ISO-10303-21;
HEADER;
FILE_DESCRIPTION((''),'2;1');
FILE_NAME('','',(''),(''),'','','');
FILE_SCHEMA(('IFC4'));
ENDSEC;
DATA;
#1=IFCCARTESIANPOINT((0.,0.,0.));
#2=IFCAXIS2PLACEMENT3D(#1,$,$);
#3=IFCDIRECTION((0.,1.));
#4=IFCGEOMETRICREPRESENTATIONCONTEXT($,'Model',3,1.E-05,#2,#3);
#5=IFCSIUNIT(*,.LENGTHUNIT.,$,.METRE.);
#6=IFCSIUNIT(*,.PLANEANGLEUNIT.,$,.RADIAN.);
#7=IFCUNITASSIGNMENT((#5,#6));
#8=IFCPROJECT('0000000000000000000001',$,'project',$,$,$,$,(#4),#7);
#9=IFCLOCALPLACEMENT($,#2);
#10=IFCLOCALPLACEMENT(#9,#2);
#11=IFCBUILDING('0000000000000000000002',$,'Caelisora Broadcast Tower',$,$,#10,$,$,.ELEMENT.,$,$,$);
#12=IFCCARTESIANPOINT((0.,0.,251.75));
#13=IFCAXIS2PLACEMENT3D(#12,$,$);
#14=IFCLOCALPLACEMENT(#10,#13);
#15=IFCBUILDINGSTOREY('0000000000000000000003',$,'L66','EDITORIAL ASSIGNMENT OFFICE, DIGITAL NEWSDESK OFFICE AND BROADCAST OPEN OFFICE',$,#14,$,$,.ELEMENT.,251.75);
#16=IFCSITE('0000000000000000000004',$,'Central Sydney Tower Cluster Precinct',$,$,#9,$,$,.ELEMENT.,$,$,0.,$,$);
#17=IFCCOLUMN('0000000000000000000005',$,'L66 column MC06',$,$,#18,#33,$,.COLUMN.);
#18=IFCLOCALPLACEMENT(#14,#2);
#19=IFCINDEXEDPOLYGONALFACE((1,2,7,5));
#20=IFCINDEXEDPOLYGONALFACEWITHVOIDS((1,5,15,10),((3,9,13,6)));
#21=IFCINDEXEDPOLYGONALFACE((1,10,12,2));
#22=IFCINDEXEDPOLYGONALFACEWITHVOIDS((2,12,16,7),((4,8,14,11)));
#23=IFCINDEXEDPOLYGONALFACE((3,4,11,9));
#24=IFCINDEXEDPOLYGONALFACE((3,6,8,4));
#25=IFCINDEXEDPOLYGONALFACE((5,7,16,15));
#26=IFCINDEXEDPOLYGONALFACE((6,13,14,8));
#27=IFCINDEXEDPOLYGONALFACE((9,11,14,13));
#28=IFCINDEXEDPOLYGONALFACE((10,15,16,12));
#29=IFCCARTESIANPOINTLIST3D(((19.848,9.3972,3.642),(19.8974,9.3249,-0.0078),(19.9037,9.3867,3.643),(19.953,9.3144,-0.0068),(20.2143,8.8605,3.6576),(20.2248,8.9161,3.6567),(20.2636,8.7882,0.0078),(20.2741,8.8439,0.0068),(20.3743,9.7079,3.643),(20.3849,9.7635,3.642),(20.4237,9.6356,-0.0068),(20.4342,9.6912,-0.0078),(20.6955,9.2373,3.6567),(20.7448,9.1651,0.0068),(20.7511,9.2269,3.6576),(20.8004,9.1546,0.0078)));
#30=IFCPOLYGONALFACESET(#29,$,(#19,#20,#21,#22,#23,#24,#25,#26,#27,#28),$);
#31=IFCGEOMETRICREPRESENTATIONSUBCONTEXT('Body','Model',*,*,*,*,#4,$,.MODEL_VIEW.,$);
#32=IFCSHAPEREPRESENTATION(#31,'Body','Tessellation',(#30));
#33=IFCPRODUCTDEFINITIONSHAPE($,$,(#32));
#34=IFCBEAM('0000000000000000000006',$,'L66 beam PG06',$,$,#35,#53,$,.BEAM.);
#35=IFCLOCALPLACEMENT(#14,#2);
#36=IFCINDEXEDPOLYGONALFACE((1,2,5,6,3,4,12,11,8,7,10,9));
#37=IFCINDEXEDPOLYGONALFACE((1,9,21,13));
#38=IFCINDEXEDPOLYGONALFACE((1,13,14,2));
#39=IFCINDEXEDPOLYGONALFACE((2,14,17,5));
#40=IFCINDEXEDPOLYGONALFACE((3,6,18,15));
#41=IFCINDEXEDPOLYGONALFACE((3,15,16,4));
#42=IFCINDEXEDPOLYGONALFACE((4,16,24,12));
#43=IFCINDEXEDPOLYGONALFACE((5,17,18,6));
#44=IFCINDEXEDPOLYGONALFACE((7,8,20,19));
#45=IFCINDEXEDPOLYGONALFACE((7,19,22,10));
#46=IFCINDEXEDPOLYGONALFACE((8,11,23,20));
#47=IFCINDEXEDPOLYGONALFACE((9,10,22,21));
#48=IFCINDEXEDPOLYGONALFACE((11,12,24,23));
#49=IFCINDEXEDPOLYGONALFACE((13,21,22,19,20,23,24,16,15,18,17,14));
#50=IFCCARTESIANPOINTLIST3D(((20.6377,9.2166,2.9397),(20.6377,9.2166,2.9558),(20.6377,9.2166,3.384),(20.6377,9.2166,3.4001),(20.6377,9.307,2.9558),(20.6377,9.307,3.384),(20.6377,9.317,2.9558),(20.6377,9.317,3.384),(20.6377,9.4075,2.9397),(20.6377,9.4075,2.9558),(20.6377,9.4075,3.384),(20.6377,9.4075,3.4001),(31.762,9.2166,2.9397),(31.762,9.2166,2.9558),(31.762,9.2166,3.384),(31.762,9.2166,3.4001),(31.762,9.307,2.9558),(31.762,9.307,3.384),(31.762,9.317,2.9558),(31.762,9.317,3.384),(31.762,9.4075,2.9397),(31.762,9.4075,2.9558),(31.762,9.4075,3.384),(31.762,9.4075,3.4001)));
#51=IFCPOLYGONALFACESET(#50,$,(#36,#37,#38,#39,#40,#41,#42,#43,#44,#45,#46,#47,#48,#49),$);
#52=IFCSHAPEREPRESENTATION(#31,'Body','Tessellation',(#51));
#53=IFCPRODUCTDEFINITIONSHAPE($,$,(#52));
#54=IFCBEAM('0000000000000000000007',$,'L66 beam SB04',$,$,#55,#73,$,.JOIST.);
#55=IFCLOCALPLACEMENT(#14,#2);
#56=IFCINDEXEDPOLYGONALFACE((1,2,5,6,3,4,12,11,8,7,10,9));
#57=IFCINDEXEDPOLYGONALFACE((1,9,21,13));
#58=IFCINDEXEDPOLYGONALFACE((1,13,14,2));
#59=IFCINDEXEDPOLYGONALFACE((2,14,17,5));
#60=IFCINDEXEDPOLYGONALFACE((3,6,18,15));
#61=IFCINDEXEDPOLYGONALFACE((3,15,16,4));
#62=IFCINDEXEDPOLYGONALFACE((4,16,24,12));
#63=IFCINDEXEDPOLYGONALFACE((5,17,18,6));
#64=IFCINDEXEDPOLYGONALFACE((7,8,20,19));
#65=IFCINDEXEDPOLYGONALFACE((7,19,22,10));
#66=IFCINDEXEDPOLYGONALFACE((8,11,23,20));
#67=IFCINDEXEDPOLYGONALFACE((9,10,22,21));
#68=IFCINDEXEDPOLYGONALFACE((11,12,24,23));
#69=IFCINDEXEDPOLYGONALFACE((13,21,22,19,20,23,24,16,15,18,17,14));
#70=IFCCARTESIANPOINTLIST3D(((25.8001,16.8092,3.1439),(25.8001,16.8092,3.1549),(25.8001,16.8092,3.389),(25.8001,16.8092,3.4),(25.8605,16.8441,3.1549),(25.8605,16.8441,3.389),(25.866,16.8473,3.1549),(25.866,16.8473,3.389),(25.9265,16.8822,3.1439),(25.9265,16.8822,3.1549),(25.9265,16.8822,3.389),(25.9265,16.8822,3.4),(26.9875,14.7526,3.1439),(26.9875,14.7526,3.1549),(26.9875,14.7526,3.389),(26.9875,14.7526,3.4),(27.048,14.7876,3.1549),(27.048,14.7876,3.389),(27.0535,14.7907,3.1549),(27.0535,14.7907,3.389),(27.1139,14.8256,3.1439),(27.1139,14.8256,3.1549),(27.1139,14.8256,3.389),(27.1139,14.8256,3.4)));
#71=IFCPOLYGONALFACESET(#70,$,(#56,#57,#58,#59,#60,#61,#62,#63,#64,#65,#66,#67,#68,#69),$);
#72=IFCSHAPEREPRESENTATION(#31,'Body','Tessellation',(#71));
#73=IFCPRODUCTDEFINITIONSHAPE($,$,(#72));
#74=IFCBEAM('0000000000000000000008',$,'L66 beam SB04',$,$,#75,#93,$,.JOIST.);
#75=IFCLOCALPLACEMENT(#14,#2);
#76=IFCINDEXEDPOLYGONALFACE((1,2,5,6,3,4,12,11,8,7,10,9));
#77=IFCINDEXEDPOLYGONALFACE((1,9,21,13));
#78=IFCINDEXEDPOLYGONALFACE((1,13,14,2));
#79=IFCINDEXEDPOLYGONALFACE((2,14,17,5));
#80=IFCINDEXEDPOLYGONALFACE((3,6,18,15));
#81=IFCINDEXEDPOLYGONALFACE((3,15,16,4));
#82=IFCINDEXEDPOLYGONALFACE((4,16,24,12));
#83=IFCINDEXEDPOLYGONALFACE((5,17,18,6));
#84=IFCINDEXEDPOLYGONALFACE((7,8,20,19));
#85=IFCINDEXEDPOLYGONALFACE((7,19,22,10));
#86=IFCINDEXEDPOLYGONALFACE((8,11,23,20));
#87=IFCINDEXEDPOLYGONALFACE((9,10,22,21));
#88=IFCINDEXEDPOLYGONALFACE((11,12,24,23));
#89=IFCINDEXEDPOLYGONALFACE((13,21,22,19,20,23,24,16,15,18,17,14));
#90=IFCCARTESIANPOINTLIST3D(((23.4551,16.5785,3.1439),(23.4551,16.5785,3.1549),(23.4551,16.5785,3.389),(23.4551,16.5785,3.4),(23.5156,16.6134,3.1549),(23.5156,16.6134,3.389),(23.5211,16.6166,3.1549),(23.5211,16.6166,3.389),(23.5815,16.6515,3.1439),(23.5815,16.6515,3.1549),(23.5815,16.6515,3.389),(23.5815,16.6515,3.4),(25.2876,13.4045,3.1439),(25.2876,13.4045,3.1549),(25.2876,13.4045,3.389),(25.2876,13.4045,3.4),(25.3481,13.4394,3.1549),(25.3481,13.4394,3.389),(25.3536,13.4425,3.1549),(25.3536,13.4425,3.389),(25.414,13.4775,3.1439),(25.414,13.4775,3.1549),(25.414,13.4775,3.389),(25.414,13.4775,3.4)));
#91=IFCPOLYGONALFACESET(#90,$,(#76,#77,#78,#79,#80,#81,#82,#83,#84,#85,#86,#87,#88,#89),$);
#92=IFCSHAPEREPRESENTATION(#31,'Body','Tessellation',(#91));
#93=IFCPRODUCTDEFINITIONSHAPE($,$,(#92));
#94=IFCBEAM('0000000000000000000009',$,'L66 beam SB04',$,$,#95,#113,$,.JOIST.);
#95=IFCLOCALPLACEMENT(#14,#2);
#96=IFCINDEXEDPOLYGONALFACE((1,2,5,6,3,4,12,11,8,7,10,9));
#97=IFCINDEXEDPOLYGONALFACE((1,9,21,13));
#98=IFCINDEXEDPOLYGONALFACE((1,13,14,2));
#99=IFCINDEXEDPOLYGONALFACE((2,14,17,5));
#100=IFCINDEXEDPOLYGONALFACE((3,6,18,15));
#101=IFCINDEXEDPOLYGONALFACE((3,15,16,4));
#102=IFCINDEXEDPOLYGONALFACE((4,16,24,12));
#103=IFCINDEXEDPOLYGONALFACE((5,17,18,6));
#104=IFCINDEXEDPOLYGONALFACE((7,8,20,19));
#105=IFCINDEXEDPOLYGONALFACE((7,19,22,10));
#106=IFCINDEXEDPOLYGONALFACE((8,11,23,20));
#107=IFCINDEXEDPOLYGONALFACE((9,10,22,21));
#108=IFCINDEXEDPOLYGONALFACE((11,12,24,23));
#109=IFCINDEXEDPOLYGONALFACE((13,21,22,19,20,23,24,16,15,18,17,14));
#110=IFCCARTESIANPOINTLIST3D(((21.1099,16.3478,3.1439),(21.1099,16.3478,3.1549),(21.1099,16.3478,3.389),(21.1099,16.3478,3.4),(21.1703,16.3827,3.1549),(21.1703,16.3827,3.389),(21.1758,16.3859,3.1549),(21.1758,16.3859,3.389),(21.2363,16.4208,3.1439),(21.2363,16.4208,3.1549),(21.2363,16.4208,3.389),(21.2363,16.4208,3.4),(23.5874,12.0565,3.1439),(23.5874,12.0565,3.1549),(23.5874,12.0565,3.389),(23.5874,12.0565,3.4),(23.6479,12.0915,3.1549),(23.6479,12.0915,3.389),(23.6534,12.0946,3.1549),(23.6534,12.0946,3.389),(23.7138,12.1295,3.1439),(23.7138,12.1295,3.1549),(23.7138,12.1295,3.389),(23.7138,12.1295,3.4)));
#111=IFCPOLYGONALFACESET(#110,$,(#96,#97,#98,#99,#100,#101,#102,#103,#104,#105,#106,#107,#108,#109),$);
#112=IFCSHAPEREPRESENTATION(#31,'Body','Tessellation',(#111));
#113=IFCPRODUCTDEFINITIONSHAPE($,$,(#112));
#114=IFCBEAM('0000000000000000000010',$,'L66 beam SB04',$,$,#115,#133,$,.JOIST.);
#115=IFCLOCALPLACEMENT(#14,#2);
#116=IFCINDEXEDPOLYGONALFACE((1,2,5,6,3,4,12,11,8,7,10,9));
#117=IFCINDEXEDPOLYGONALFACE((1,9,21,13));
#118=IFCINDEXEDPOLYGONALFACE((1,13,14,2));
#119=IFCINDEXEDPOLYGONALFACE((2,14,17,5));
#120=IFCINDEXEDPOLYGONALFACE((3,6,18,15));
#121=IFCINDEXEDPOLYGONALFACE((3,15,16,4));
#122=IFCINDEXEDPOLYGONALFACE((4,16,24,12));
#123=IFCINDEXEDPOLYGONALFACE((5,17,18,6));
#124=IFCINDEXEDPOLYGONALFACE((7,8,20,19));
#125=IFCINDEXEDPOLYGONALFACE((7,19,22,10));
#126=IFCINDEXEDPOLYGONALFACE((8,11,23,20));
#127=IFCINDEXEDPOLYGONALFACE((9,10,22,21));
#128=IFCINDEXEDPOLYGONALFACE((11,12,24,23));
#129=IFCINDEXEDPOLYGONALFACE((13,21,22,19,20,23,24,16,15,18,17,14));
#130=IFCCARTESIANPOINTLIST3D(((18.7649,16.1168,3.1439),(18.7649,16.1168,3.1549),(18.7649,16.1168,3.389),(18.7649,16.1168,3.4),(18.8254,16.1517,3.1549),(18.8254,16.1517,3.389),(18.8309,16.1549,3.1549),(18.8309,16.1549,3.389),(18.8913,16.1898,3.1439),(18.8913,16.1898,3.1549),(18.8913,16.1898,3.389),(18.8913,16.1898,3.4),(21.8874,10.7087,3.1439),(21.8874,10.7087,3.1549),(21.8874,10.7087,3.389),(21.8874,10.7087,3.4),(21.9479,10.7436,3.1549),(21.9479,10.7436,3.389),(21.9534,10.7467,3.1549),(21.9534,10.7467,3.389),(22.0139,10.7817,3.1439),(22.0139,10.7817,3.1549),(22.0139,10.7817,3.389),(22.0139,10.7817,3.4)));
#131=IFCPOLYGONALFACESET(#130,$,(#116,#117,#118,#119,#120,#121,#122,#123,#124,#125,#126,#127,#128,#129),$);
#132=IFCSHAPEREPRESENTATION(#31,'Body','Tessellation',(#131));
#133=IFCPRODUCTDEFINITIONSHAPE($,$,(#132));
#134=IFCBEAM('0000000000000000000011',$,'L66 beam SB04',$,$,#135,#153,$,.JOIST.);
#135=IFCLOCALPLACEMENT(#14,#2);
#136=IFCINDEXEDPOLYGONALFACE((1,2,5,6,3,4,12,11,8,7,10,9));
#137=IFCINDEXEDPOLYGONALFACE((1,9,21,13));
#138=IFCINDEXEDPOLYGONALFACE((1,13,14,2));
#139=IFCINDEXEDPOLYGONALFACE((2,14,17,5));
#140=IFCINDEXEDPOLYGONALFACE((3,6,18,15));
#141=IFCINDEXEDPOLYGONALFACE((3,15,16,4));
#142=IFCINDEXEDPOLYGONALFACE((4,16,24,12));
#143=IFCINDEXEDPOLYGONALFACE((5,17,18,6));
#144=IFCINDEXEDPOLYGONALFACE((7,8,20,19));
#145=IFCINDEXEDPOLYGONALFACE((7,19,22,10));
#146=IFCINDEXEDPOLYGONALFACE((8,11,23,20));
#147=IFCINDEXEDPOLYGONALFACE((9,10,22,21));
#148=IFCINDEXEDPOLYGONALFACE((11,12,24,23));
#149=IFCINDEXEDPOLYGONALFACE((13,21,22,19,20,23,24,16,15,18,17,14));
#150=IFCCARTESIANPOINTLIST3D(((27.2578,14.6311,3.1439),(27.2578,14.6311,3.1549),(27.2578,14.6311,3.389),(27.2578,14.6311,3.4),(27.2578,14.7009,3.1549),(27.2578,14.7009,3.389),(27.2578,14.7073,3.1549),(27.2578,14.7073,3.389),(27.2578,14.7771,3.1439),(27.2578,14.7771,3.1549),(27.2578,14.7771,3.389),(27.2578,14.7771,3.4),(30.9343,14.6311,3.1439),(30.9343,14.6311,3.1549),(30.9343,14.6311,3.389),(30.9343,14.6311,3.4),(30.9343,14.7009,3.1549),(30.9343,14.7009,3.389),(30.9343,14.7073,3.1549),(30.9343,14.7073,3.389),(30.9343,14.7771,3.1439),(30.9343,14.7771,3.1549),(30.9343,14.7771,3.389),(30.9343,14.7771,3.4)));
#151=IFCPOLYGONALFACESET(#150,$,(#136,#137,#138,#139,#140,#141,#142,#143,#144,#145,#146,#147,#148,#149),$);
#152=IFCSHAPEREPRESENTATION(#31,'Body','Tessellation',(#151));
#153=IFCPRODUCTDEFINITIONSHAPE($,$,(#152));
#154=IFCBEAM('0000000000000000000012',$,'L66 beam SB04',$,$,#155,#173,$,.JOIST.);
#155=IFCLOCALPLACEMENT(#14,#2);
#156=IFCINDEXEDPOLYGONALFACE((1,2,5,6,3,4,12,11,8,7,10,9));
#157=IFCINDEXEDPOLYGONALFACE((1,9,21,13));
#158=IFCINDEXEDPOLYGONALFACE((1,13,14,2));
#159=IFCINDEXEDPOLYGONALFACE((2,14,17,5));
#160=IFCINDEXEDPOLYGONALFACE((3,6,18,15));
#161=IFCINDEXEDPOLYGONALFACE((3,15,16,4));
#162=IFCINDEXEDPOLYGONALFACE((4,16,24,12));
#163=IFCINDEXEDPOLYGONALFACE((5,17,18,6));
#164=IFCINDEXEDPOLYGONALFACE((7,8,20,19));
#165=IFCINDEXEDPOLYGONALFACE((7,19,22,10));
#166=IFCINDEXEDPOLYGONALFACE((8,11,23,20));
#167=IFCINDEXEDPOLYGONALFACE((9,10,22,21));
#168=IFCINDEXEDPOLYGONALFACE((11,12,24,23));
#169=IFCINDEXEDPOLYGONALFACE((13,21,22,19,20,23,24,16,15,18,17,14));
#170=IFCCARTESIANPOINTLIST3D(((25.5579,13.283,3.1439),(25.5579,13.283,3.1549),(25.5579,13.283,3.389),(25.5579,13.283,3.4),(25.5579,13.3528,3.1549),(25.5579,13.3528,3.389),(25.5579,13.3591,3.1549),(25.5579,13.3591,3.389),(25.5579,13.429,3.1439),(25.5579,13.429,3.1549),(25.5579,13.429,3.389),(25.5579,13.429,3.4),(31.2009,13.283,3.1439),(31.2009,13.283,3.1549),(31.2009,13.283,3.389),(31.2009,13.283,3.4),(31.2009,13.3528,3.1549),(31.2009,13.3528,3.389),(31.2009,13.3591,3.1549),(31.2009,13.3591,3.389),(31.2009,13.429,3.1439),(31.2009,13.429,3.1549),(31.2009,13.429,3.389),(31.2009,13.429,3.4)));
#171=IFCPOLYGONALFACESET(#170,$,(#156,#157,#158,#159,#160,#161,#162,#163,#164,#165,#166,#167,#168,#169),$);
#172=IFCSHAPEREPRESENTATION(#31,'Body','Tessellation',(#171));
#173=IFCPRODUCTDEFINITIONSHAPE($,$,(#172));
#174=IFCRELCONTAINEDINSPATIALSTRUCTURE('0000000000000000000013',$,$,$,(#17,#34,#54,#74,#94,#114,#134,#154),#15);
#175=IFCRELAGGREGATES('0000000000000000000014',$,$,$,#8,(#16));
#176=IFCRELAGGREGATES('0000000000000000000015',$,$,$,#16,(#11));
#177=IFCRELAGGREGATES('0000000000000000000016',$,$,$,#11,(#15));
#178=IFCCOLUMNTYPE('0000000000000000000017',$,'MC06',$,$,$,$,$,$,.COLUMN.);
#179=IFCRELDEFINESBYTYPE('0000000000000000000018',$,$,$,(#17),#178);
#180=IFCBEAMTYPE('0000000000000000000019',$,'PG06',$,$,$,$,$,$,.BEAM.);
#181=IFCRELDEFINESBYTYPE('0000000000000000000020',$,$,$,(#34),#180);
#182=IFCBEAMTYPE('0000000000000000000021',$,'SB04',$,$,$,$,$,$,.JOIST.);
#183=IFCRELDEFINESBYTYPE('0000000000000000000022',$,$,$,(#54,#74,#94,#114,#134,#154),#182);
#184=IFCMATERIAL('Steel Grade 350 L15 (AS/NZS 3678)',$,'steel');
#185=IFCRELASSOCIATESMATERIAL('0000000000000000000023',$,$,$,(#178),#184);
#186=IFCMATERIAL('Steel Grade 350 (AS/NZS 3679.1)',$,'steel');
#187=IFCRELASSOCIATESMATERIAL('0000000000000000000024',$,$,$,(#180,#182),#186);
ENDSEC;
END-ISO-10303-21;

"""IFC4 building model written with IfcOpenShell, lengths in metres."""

from ifc_helpers import new_model, si_unit, direction, frame, origin, origin_2d, place, context, subcontext, project, spatial, hollow_rectangle, i_section, extrude, source, transform, mapped, material, material_profile, profile_set, type_object, type_shapes, element, save


model = new_model("IFC4")

# Units and contexts
model_context = context("Model", 3, precision=1e-05, world=origin(), true_north=direction((0.0, 1.0)))
body_context = subcontext(model_context, "Body", "Model", "MODEL_VIEW")
ifc_project = project(units=[si_unit("LENGTHUNIT", "METRE"), si_unit("PLANEANGLEUNIT", "RADIAN")], contexts=[model_context])

# Site, building, storey
site_placement = place(None, origin())
site = spatial("IfcSite", under=ifc_project, at=site_placement, Name="Central Sydney Tower Cluster Precinct", CompositionType="ELEMENT", RefElevation=0.0)
building_placement = place(site_placement, origin())
building = spatial("IfcBuilding", under=site, at=building_placement, Name="Caelisora Broadcast Tower", CompositionType="ELEMENT")
storey_placement = place(building_placement, frame((0.0, 0.0, 251.75)))
storey = spatial("IfcBuildingStorey", under=building, at=storey_placement, Name="L66", Description="EDITORIAL ASSIGNMENT OFFICE, DIGITAL NEWSDESK OFFICE AND BROADCAST OPEN OFFICE", CompositionType="ELEMENT", Elevation=251.75)

# Column
ifc_material_1 = material(Name="Steel Grade 350 L15 (AS/NZS 3678)", Category="steel")
ifc_material_profile_1 = material_profile(ifc_material_1, hollow_rectangle(XDim=0.6499, YDim=0.6499, WallThickness=0.04, at=origin_2d()), Name="Steel Grade 350 L15 (AS/NZS 3678)")
ifc_profile_set_1 = profile_set([ifc_material_profile_1], Name="Steel Grade 350 L15 (AS/NZS 3678)")
column_type = type_object("IfcColumnType", Name="MC06", PredefinedType="COLUMN", material=ifc_profile_set_1)
shared_shape_1 = source(origin(), body_context, "Body", "SweptSolid", [
    extrude(hollow_rectangle(XDim=0.6499, YDim=0.6499, WallThickness=0.04, at=origin_2d()), origin(), (0.0, 0.0, 1.0), 3.6509),
])
type_shapes(column_type, [shared_shape_1])
column_placement = place(storey_placement, frame((20.3489, 9.2397, 0.0), z_axis=(-0.013508, 0.019794, 0.999713), x_axis=(-0.825991, -0.563683, 0.0)))
element("IfcColumn", 1, at=column_placement, inside=storey, type_object=column_type, Name="L66 column MC06", PredefinedType="COLUMN", context=body_context, shape_type="MappedRepresentation", body=[
    mapped(shared_shape_1, transform((0.0, 0.0, 0.0), scale=1.0)),
])

# Beams
ifc_material_2 = material(Name="Steel Grade 350 (AS/NZS 3679.1)", Category="steel")
ifc_material_profile_2 = material_profile(ifc_material_2, i_section(OverallWidth=0.1909, OverallDepth=0.4604, WebThickness=0.01, FlangeThickness=0.0161, at=origin_2d()), Name="Steel Grade 350 (AS/NZS 3679.1)")
ifc_profile_set_2 = profile_set([ifc_material_profile_2], Name="Steel Grade 350 (AS/NZS 3679.1)")
beam_type_1 = type_object("IfcBeamType", Name="PG06", PredefinedType="BEAM", material=ifc_profile_set_2)
shared_shape_2 = source(origin(), body_context, "Body", "SweptSolid", [
    extrude(i_section(OverallWidth=0.1909, OverallDepth=0.4604, WebThickness=0.01, FlangeThickness=0.0161, at=origin_2d()), origin(), (0.0, 0.0, 1.0), 11.1243),
])
type_shapes(beam_type_1, [shared_shape_2])
beam_1_placement = place(storey_placement, frame((20.6377, 9.312, 3.1699), z_axis=(1.0, 0.0, 0.0), x_axis=(0.0, 1.0, 0.0)))
element("IfcBeam", 2, at=beam_1_placement, inside=storey, type_object=beam_type_1, Name="L66 beam PG06", PredefinedType="BEAM", context=body_context, shape_type="MappedRepresentation", body=[
    mapped(shared_shape_2, transform((0.0, 0.0, 0.0), scale=1.0)),
])
ifc_material_profile_3 = material_profile(ifc_material_2, i_section(OverallWidth=0.146, OverallDepth=0.2561, WebThickness=0.0063, FlangeThickness=0.011, at=origin_2d()), Name="Steel Grade 350 (AS/NZS 3679.1)")
ifc_profile_set_3 = profile_set([ifc_material_profile_3], Name="Steel Grade 350 (AS/NZS 3679.1)")
beam_type_2 = type_object("IfcBeamType", Name="SB04", PredefinedType="JOIST", material=ifc_profile_set_3)
shared_shape_3 = source(origin(), body_context, "Body", "SweptSolid", [
    extrude(i_section(OverallWidth=0.146, OverallDepth=0.2561, WebThickness=0.0063, FlangeThickness=0.011, at=origin_2d()), origin(), (0.0, 0.0, 1.0), 2.3748),
])
beam_2_placement = place(storey_placement, frame((25.8633, 16.8457, 3.272), z_axis=(0.500031, -0.866008, 0.0), x_axis=(0.866008, 0.500031, 0.0)))
element("IfcBeam", 3, at=beam_2_placement, inside=storey, type_object=beam_type_2, Name="L66 beam SB04", PredefinedType="JOIST", context=body_context, shape_type="MappedRepresentation", body=[
    mapped(shared_shape_3, transform((0.0, 0.0, 0.0), scale=1.0)),
])
shared_shape_4 = source(origin(), body_context, "Body", "SweptSolid", [
    extrude(i_section(OverallWidth=0.146, OverallDepth=0.2561, WebThickness=0.0063, FlangeThickness=0.011, at=origin_2d()), origin(), (0.0, 0.0, 1.0), 3.665),
])
beam_3_placement = place(storey_placement, frame((23.5183, 16.615, 3.272), z_axis=(0.499993, -0.866029, 0.0), x_axis=(0.866029, 0.499993, 0.0)))
element("IfcBeam", 4, at=beam_3_placement, inside=storey, type_object=beam_type_2, Name="L66 beam SB04", PredefinedType="JOIST", context=body_context, shape_type="MappedRepresentation", body=[
    mapped(shared_shape_4, transform((0.0, 0.0, 0.0), scale=1.0)),
])
shared_shape_5 = source(origin(), body_context, "Body", "SweptSolid", [
    extrude(i_section(OverallWidth=0.146, OverallDepth=0.2561, WebThickness=0.0063, FlangeThickness=0.011, at=origin_2d()), origin(), (0.0, 0.0, 1.0), 4.9551),
])
beam_4_placement = place(storey_placement, frame((21.1731, 16.3843, 3.272), z_axis=(0.499997, -0.866027, 0.0), x_axis=(0.866027, 0.499997, 0.0)))
element("IfcBeam", 5, at=beam_4_placement, inside=storey, type_object=beam_type_2, Name="L66 beam SB04", PredefinedType="JOIST", context=body_context, shape_type="MappedRepresentation", body=[
    mapped(shared_shape_5, transform((0.0, 0.0, 0.0), scale=1.0)),
])
shared_shape_6 = source(origin(), body_context, "Body", "SweptSolid", [
    extrude(i_section(OverallWidth=0.146, OverallDepth=0.2561, WebThickness=0.0063, FlangeThickness=0.011, at=origin_2d()), origin(), (0.0, 0.0, 1.0), 6.2449),
])
beam_5_placement = place(storey_placement, frame((18.8281, 16.1533, 3.272), z_axis=(0.500016, -0.866016, 0.0), x_axis=(0.866016, 0.500016, 0.0)))
element("IfcBeam", 6, at=beam_5_placement, inside=storey, type_object=beam_type_2, Name="L66 beam SB04", PredefinedType="JOIST", context=body_context, shape_type="MappedRepresentation", body=[
    mapped(shared_shape_6, transform((0.0, 0.0, 0.0), scale=1.0)),
])
shared_shape_7 = source(origin(), body_context, "Body", "SweptSolid", [
    extrude(i_section(OverallWidth=0.146, OverallDepth=0.2561, WebThickness=0.0063, FlangeThickness=0.011, at=origin_2d()), origin(), (0.0, 0.0, 1.0), 3.6765),
])
beam_6_placement = place(storey_placement, frame((27.2578, 14.7041, 3.272), z_axis=(1.0, 0.0, 0.0), x_axis=(0.0, 1.0, 0.0)))
element("IfcBeam", 7, at=beam_6_placement, inside=storey, type_object=beam_type_2, Name="L66 beam SB04", PredefinedType="JOIST", context=body_context, shape_type="MappedRepresentation", body=[
    mapped(shared_shape_7, transform((0.0, 0.0, 0.0), scale=1.0)),
])
shared_shape_8 = source(origin(), body_context, "Body", "SweptSolid", [
    extrude(i_section(OverallWidth=0.146, OverallDepth=0.2561, WebThickness=0.0063, FlangeThickness=0.011, at=origin_2d()), origin(), (0.0, 0.0, 1.0), 5.6431),
])
beam_7_placement = place(storey_placement, frame((25.5579, 13.356, 3.272), z_axis=(1.0, 0.0, 0.0), x_axis=(0.0, 1.0, 0.0)))
element("IfcBeam", 8, at=beam_7_placement, inside=storey, type_object=beam_type_2, Name="L66 beam SB04", PredefinedType="JOIST", context=body_context, shape_type="MappedRepresentation", body=[
    mapped(shared_shape_8, transform((0.0, 0.0, 0.0), scale=1.0)),
])

save(model, "model.ifc")
